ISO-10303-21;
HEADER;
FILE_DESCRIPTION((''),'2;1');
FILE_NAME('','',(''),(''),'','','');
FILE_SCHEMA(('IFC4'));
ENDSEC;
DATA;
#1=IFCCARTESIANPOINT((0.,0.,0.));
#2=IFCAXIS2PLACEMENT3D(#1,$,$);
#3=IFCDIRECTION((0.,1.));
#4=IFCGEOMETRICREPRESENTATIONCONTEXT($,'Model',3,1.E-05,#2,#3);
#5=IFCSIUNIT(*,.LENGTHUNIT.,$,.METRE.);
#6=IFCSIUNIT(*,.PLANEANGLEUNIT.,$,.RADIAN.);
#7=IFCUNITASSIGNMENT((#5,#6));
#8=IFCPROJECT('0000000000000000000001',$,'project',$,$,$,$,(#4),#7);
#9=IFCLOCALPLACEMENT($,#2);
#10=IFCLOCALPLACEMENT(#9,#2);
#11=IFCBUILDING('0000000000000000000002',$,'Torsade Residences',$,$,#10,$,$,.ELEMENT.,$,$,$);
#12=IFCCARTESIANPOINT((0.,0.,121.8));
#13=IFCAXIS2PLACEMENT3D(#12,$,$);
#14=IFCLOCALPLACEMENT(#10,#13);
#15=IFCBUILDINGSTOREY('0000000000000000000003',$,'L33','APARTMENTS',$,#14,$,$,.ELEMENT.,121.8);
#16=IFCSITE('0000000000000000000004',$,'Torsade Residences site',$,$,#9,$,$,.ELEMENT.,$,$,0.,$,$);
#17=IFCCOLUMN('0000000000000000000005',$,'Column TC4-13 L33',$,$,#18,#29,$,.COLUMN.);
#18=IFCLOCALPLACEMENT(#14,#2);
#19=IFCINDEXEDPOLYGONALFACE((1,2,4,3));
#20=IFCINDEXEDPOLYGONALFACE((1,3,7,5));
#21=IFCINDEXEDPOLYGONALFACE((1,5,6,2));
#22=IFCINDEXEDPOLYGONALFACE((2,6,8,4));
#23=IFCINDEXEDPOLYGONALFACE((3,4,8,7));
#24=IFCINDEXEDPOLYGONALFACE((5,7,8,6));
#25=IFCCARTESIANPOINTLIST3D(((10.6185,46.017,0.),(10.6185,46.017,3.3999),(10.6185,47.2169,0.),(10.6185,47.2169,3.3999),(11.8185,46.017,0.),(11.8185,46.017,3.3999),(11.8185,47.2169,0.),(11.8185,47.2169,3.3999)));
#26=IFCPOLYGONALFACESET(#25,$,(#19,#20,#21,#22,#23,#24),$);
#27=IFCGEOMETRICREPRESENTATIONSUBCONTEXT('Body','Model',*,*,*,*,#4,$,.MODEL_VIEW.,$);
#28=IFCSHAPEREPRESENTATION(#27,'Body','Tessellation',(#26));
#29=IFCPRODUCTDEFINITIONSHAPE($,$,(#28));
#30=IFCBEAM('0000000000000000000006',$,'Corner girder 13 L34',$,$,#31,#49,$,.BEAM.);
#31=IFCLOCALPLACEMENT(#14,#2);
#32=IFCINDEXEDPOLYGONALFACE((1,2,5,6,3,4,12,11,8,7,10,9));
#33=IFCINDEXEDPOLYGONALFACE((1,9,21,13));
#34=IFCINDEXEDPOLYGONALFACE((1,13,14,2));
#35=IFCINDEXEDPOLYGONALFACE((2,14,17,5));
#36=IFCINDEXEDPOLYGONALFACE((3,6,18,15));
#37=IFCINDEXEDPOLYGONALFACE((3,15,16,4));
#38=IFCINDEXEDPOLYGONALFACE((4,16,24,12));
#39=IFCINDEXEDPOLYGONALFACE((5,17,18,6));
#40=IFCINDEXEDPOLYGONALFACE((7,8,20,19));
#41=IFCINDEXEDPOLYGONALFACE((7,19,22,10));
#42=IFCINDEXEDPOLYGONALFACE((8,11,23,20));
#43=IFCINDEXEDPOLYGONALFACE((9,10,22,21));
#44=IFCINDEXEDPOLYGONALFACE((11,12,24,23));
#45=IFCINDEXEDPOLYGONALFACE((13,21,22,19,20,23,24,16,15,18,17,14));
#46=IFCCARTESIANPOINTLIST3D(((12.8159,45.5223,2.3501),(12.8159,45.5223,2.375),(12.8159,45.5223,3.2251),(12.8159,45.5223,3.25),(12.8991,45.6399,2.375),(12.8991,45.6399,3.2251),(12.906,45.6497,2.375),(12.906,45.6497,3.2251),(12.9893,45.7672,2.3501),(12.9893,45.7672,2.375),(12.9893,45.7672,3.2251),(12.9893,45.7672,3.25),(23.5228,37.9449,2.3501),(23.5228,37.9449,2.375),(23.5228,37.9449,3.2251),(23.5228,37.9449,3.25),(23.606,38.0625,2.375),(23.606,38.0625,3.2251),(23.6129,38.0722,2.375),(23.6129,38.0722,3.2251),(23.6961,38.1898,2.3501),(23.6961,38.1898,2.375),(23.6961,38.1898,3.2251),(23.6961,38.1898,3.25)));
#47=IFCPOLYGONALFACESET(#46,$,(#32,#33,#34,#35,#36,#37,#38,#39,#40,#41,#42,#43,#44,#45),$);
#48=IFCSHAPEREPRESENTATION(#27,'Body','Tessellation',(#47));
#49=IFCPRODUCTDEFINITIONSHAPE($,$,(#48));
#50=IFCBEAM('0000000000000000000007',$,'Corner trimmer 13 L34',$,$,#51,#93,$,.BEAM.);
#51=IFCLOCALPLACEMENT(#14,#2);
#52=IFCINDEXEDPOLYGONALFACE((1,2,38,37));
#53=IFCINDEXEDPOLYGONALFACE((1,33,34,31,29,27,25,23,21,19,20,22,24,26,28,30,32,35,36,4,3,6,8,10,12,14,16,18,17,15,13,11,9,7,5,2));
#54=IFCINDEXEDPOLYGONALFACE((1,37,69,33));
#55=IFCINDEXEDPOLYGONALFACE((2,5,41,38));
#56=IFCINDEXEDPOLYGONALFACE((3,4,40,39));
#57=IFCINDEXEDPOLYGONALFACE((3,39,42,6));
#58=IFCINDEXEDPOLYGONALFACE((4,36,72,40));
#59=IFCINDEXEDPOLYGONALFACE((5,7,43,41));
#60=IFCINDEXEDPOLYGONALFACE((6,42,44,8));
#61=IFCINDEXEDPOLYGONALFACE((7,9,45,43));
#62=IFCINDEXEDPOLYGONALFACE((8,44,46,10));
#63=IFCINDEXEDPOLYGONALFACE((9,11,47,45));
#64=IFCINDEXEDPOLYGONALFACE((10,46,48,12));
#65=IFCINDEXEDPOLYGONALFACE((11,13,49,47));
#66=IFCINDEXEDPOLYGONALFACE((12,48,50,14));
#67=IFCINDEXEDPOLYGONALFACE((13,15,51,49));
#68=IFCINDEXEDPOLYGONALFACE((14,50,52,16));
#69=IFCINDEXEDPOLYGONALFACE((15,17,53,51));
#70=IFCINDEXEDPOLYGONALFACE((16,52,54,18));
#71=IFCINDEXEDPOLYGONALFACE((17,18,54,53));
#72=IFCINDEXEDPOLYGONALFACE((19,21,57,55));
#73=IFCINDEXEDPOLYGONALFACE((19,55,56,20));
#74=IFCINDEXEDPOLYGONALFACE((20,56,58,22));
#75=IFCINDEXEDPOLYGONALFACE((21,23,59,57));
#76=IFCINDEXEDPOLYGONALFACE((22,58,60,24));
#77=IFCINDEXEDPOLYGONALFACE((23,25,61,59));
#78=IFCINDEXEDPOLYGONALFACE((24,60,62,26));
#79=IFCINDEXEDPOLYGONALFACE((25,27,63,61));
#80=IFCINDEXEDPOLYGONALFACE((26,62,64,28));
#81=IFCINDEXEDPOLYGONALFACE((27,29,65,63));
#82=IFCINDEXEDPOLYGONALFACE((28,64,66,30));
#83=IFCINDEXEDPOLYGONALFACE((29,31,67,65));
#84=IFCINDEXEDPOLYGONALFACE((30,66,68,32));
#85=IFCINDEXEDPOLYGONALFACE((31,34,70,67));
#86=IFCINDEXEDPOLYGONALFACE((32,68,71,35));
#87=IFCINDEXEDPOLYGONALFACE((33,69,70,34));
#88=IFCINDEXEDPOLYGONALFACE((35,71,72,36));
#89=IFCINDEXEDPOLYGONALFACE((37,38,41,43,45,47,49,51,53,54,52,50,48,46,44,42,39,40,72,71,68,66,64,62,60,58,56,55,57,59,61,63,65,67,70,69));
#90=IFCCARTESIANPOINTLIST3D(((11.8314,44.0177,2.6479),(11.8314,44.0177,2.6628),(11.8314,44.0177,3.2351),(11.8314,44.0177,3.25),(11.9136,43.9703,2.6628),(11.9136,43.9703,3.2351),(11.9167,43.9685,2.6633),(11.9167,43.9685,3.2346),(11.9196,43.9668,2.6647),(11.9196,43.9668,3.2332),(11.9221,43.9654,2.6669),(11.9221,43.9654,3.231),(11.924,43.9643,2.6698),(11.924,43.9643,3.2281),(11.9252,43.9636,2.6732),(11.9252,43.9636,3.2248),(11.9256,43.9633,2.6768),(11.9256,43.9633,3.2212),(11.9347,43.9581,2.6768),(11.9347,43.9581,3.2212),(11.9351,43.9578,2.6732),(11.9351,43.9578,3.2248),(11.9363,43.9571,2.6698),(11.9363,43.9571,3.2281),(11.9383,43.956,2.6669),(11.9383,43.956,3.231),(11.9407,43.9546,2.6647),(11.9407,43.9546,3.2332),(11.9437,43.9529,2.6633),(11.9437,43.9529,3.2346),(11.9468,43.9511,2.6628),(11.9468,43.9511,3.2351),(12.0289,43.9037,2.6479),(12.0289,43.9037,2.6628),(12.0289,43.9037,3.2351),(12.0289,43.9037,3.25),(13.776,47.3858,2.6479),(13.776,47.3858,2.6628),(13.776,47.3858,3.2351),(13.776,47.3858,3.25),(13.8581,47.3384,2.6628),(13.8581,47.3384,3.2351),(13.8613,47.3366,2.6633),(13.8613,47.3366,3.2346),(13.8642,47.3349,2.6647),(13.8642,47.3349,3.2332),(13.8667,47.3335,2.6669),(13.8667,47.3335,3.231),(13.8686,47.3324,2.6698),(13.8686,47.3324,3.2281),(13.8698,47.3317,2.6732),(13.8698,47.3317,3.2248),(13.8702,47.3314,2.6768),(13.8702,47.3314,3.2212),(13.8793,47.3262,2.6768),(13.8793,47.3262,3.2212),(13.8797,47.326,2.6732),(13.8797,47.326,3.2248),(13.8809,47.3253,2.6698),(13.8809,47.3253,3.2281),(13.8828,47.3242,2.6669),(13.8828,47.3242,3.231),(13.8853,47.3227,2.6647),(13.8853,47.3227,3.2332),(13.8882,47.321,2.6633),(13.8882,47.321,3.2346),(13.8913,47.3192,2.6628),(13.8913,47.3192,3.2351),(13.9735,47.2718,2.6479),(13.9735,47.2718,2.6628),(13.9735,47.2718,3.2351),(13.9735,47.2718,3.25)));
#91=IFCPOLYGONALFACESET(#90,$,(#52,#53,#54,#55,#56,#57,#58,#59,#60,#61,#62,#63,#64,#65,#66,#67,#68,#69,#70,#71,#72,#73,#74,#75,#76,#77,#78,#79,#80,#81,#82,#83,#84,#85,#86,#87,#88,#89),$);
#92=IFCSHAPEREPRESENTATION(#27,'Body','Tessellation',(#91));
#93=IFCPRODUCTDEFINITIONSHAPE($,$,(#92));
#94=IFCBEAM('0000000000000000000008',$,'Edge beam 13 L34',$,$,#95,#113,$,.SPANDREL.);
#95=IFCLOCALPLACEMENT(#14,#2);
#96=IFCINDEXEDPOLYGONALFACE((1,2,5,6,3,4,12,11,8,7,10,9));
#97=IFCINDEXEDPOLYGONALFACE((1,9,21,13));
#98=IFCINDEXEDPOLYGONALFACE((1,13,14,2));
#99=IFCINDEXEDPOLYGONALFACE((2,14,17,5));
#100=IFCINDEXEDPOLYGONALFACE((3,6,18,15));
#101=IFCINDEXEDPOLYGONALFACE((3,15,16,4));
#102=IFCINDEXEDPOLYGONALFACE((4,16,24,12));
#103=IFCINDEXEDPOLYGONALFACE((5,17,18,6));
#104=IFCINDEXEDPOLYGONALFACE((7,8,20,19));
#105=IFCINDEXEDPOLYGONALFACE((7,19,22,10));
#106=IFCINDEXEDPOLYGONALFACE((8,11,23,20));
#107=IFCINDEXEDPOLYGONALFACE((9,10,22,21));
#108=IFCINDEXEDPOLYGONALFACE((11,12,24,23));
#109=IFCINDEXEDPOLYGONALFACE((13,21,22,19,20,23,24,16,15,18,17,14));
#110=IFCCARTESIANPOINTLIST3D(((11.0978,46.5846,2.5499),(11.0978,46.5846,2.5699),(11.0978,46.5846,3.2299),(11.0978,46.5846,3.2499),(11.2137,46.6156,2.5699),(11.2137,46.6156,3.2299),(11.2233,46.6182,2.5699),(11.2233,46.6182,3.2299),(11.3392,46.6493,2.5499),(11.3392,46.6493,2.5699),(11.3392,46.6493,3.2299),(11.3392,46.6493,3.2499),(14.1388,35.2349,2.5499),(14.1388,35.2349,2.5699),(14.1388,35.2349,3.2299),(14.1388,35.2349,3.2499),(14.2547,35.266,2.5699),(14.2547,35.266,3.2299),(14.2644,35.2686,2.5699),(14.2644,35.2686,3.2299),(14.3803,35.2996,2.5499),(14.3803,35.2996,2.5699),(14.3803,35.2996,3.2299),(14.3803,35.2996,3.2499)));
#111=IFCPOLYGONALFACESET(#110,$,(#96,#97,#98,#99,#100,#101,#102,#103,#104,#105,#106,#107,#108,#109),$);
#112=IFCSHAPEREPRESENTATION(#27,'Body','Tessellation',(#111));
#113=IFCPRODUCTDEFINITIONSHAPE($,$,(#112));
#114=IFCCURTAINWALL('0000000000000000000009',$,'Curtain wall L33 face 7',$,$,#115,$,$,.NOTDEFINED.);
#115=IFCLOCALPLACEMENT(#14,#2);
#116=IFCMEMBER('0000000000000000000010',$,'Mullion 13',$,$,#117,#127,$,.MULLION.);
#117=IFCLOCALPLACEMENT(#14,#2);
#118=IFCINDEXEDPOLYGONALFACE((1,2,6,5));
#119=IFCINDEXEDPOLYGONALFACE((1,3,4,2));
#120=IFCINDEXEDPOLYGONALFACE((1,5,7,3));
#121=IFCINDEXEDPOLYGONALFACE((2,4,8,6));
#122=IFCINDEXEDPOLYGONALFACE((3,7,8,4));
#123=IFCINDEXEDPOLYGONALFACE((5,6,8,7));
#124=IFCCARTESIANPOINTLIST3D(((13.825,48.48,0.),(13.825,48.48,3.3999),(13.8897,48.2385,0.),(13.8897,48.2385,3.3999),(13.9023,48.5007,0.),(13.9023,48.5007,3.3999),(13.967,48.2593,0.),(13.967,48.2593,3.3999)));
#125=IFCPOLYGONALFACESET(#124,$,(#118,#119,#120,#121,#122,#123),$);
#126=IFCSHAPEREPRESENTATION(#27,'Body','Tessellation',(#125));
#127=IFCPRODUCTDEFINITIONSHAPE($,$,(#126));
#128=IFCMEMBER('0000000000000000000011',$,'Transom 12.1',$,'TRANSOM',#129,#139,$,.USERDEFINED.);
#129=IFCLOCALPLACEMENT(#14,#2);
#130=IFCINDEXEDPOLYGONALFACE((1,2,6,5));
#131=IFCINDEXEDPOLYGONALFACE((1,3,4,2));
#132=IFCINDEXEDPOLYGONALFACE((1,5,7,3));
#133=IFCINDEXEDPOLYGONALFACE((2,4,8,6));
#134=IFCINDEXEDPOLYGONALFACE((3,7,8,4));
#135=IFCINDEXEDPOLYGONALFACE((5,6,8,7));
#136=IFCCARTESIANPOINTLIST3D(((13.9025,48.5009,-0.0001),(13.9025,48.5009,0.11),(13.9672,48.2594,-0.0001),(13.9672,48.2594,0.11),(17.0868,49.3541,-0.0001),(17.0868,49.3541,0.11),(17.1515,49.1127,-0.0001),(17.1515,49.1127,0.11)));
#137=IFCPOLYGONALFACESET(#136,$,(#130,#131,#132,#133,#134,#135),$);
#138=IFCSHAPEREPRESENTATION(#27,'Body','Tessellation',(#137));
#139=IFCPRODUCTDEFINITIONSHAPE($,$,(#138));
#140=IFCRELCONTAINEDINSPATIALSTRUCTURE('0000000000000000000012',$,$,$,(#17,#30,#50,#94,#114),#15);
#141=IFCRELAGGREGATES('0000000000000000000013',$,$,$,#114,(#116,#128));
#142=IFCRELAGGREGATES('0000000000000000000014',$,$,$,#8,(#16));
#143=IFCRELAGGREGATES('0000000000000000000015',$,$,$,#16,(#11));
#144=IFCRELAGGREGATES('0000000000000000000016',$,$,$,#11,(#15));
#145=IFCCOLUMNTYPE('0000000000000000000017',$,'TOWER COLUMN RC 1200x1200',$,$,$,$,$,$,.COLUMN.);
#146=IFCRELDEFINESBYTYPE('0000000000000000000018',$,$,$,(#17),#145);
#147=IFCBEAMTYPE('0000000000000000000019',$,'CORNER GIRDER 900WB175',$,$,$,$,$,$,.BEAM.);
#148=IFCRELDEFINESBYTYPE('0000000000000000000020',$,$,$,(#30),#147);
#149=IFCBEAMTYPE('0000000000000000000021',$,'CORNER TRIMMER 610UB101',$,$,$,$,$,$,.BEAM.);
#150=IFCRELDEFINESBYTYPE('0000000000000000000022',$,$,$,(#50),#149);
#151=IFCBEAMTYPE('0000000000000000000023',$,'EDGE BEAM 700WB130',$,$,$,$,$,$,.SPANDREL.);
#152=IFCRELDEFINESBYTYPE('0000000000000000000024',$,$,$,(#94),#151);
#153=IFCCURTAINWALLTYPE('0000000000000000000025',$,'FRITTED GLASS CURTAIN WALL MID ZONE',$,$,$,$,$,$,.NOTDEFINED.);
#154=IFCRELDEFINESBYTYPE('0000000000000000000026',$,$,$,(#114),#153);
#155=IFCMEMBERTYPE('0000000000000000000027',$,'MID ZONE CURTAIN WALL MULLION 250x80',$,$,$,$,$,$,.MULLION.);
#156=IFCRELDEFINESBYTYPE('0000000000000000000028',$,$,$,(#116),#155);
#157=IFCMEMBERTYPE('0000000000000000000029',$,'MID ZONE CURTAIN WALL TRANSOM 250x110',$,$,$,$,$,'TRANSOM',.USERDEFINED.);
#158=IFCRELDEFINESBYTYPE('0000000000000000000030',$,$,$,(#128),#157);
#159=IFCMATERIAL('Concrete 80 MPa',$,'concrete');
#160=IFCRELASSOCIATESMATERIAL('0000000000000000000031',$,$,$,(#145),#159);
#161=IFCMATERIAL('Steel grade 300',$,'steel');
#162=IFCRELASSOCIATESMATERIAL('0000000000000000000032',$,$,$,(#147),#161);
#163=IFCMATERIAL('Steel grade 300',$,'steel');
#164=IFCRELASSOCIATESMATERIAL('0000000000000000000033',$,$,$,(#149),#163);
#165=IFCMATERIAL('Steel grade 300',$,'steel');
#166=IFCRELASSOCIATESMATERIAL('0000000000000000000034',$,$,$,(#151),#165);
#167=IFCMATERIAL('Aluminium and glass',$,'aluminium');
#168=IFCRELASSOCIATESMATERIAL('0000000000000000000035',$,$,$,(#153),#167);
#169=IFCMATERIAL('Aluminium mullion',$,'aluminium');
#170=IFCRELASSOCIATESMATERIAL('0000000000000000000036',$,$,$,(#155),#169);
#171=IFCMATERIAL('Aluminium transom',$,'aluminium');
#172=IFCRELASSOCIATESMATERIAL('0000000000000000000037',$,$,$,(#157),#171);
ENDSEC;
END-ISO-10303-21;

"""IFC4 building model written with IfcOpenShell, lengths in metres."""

from ifc_helpers import new_model, si_unit, direction, frame, origin, origin_2d, place, context, subcontext, project, spatial, rectangle, i_section, extrude, material, material_profile, profile_set, type_object, element, aggregate, save


model = new_model("IFC4")

# Units and contexts
model_context = context("Model", 3, precision=1e-05, world=origin(), true_north=direction((0.0, 1.0)))
body_context = subcontext(model_context, "Body", "Model", "MODEL_VIEW")
ifc_project = project(units=[si_unit("LENGTHUNIT", "METRE"), si_unit("PLANEANGLEUNIT", "RADIAN")], contexts=[model_context])

# Site, building, storey
site_placement = place(None, origin())
site = spatial("IfcSite", under=ifc_project, at=site_placement, Name="Torsade Residences site", CompositionType="ELEMENT", RefElevation=0.0)
building_placement = place(site_placement, origin())
building = spatial("IfcBuilding", under=site, at=building_placement, Name="Torsade Residences", CompositionType="ELEMENT")
storey_placement = place(building_placement, frame((0.0, 0.0, 121.8)))
storey = spatial("IfcBuildingStorey", under=building, at=storey_placement, Name="L33", Description="APARTMENTS", CompositionType="ELEMENT", Elevation=121.8)

# Column
ifc_material_1 = material(Name="Concrete 80 MPa", Category="concrete")
ifc_material_profile_1 = material_profile(ifc_material_1, rectangle(XDim=1.2, YDim=1.2, at=origin_2d()), Name="RC 1200x1200")
ifc_profile_set_1 = profile_set([ifc_material_profile_1], Name="Concrete 80 MPa")
column_type = type_object("IfcColumnType", Name="TOWER COLUMN RC 1200x1200", PredefinedType="COLUMN", material=ifc_profile_set_1)
column_placement = place(storey_placement, frame((11.2185, 46.6169, 0.0), z_axis=(0.0, 0.0, 1.0), x_axis=(1.0, 0.0, 0.0)))
element("IfcColumn", 1, at=column_placement, inside=storey, type_object=column_type, Name="Column TC4-13 L33", PredefinedType="COLUMN", context=body_context, shape_type="SweptSolid", body=[
    extrude(rectangle(XDim=1.2, YDim=1.2, at=origin_2d()), origin(), (0.0, 0.0, 1.0), 3.3999),
])

# Beams
ifc_material_2 = material(Name="Steel grade 300", Category="steel")
ifc_material_profile_2 = material_profile(ifc_material_2, i_section(OverallWidth=0.3, OverallDepth=0.8999, WebThickness=0.012, FlangeThickness=0.0249, at=origin_2d()), Name="900WB175")
ifc_profile_set_2 = profile_set([ifc_material_profile_2], Name="Steel grade 300")
beam_type_1 = type_object("IfcBeamType", Name="CORNER GIRDER 900WB175", PredefinedType="BEAM", material=ifc_profile_set_2)
beam_1_placement = place(storey_placement, frame((12.9026, 45.6448, 2.8), z_axis=(0.816261, -0.577683, 0.0), x_axis=(0.577683, 0.816261, 0.0)))
element("IfcBeam", 2, at=beam_1_placement, inside=storey, type_object=beam_type_1, Name="Corner girder 13 L34", PredefinedType="BEAM", context=body_context, shape_type="SweptSolid", body=[
    extrude(i_section(OverallWidth=0.3, OverallDepth=0.8999, WebThickness=0.012, FlangeThickness=0.0249, at=origin_2d()), origin(), (0.0, 0.0, 1.0), 13.1169),
])
ifc_material_3 = material(Name="Steel grade 300", Category="steel")
ifc_material_profile_3 = material_profile(ifc_material_3, i_section(OverallWidth=0.228, OverallDepth=0.6021, WebThickness=0.0105, FlangeThickness=0.0149, FilletRadius=0.0139, at=origin_2d()), Name="610UB101")
ifc_profile_set_3 = profile_set([ifc_material_profile_3], Name="Steel grade 300")
beam_type_2 = type_object("IfcBeamType", Name="CORNER TRIMMER 610UB101", PredefinedType="BEAM", material=ifc_profile_set_3)
beam_2_placement = place(storey_placement, frame((11.9302, 43.9607, 2.949), z_axis=(0.499994, 0.866029, 0.0), x_axis=(-0.866029, 0.499994, 0.0)))
element("IfcBeam", 3, at=beam_2_placement, inside=storey, type_object=beam_type_2, Name="Corner trimmer 13 L34", PredefinedType="BEAM", context=body_context, shape_type="SweptSolid", body=[
    extrude(i_section(OverallWidth=0.228, OverallDepth=0.6021, WebThickness=0.0105, FlangeThickness=0.0149, FilletRadius=0.0139, at=origin_2d()), origin(), (0.0, 0.0, 1.0), 3.8892),
])
ifc_material_4 = material(Name="Steel grade 300", Category="steel")
ifc_material_profile_4 = material_profile(ifc_material_4, i_section(OverallWidth=0.25, OverallDepth=0.7, WebThickness=0.01, FlangeThickness=0.02, at=origin_2d()), Name="700WB130")
ifc_profile_set_4 = profile_set([ifc_material_profile_4], Name="Steel grade 300")
beam_type_3 = type_object("IfcBeamType", Name="EDGE BEAM 700WB130", PredefinedType="SPANDREL", material=ifc_profile_set_4)
beam_3_placement = place(storey_placement, frame((11.2185, 46.6169, 2.8999), z_axis=(0.258811, -0.965928, 0.0), x_axis=(0.965928, 0.258811, 0.0)))
element("IfcBeam", 4, at=beam_3_placement, inside=storey, type_object=beam_type_3, Name="Edge beam 13 L34", PredefinedType="SPANDREL", context=body_context, shape_type="SweptSolid", body=[
    extrude(i_section(OverallWidth=0.25, OverallDepth=0.7, WebThickness=0.01, FlangeThickness=0.02, at=origin_2d()), origin(), (0.0, 0.0, 1.0), 11.75),
])

# Curtain wall, members
ifc_material_5 = material(Name="Aluminium and glass", Category="aluminium")
curtain_wall_type = type_object("IfcCurtainWallType", Name="FRITTED GLASS CURTAIN WALL MID ZONE", PredefinedType="NOTDEFINED", material=ifc_material_5)
curtain_wall_placement = place(storey_placement, origin())
curtain_wall = element("IfcCurtainWall", 5, at=curtain_wall_placement, inside=storey, type_object=curtain_wall_type, Name="Curtain wall L33 face 7", PredefinedType="NOTDEFINED")
ifc_material_6 = material(Name="Aluminium mullion", Category="aluminium")
ifc_material_profile_5 = material_profile(ifc_material_6, rectangle(XDim=0.25, YDim=0.0801, at=origin_2d()), Name="MID ZONE CURTAIN WALL MULLION 250x80")
ifc_profile_set_5 = profile_set([ifc_material_profile_5], Name="Aluminium mullion")
member_type_1 = type_object("IfcMemberType", Name="MID ZONE CURTAIN WALL MULLION 250x80", PredefinedType="MULLION", material=ifc_profile_set_5)
member_1_placement = place(storey_placement, frame((13.896, 48.3696, 0.0), z_axis=(0.0, 0.0, 1.0), x_axis=(0.258819, -0.965926, 0.0)))
member_1 = element("IfcMember", 6, at=member_1_placement, type_object=member_type_1, Name="Mullion 13", PredefinedType="MULLION", context=body_context, shape_type="SweptSolid", body=[
    extrude(rectangle(XDim=0.25, YDim=0.0801, at=origin_2d()), origin(), (0.0, 0.0, 1.0), 3.3999),
])
ifc_material_7 = material(Name="Aluminium transom", Category="aluminium")
ifc_material_profile_6 = material_profile(ifc_material_7, rectangle(XDim=0.25, YDim=0.1101, at=origin_2d()), Name="MID ZONE CURTAIN WALL TRANSOM 250x110")
ifc_profile_set_6 = profile_set([ifc_material_profile_6], Name="Aluminium transom")
member_type_2 = type_object("IfcMemberType", Name="MID ZONE CURTAIN WALL TRANSOM 250x110", ElementType="TRANSOM", PredefinedType="USERDEFINED", material=ifc_profile_set_6)
member_2_placement = place(storey_placement, frame((17.1191, 49.2334, 0.0549), z_axis=(-0.965923, -0.258829, 0.0), x_axis=(0.258829, -0.965923, 0.0)))
member_2 = element("IfcMember", 7, at=member_2_placement, type_object=member_type_2, Name="Transom 12.1", ObjectType="TRANSOM", PredefinedType="USERDEFINED", context=body_context, shape_type="SweptSolid", body=[
    extrude(rectangle(XDim=0.25, YDim=0.1101, at=origin_2d()), origin(), (0.0, 0.0, 1.0), 3.2966),
])

aggregate(curtain_wall, [member_1, member_2])

save(model, "model.ifc")
